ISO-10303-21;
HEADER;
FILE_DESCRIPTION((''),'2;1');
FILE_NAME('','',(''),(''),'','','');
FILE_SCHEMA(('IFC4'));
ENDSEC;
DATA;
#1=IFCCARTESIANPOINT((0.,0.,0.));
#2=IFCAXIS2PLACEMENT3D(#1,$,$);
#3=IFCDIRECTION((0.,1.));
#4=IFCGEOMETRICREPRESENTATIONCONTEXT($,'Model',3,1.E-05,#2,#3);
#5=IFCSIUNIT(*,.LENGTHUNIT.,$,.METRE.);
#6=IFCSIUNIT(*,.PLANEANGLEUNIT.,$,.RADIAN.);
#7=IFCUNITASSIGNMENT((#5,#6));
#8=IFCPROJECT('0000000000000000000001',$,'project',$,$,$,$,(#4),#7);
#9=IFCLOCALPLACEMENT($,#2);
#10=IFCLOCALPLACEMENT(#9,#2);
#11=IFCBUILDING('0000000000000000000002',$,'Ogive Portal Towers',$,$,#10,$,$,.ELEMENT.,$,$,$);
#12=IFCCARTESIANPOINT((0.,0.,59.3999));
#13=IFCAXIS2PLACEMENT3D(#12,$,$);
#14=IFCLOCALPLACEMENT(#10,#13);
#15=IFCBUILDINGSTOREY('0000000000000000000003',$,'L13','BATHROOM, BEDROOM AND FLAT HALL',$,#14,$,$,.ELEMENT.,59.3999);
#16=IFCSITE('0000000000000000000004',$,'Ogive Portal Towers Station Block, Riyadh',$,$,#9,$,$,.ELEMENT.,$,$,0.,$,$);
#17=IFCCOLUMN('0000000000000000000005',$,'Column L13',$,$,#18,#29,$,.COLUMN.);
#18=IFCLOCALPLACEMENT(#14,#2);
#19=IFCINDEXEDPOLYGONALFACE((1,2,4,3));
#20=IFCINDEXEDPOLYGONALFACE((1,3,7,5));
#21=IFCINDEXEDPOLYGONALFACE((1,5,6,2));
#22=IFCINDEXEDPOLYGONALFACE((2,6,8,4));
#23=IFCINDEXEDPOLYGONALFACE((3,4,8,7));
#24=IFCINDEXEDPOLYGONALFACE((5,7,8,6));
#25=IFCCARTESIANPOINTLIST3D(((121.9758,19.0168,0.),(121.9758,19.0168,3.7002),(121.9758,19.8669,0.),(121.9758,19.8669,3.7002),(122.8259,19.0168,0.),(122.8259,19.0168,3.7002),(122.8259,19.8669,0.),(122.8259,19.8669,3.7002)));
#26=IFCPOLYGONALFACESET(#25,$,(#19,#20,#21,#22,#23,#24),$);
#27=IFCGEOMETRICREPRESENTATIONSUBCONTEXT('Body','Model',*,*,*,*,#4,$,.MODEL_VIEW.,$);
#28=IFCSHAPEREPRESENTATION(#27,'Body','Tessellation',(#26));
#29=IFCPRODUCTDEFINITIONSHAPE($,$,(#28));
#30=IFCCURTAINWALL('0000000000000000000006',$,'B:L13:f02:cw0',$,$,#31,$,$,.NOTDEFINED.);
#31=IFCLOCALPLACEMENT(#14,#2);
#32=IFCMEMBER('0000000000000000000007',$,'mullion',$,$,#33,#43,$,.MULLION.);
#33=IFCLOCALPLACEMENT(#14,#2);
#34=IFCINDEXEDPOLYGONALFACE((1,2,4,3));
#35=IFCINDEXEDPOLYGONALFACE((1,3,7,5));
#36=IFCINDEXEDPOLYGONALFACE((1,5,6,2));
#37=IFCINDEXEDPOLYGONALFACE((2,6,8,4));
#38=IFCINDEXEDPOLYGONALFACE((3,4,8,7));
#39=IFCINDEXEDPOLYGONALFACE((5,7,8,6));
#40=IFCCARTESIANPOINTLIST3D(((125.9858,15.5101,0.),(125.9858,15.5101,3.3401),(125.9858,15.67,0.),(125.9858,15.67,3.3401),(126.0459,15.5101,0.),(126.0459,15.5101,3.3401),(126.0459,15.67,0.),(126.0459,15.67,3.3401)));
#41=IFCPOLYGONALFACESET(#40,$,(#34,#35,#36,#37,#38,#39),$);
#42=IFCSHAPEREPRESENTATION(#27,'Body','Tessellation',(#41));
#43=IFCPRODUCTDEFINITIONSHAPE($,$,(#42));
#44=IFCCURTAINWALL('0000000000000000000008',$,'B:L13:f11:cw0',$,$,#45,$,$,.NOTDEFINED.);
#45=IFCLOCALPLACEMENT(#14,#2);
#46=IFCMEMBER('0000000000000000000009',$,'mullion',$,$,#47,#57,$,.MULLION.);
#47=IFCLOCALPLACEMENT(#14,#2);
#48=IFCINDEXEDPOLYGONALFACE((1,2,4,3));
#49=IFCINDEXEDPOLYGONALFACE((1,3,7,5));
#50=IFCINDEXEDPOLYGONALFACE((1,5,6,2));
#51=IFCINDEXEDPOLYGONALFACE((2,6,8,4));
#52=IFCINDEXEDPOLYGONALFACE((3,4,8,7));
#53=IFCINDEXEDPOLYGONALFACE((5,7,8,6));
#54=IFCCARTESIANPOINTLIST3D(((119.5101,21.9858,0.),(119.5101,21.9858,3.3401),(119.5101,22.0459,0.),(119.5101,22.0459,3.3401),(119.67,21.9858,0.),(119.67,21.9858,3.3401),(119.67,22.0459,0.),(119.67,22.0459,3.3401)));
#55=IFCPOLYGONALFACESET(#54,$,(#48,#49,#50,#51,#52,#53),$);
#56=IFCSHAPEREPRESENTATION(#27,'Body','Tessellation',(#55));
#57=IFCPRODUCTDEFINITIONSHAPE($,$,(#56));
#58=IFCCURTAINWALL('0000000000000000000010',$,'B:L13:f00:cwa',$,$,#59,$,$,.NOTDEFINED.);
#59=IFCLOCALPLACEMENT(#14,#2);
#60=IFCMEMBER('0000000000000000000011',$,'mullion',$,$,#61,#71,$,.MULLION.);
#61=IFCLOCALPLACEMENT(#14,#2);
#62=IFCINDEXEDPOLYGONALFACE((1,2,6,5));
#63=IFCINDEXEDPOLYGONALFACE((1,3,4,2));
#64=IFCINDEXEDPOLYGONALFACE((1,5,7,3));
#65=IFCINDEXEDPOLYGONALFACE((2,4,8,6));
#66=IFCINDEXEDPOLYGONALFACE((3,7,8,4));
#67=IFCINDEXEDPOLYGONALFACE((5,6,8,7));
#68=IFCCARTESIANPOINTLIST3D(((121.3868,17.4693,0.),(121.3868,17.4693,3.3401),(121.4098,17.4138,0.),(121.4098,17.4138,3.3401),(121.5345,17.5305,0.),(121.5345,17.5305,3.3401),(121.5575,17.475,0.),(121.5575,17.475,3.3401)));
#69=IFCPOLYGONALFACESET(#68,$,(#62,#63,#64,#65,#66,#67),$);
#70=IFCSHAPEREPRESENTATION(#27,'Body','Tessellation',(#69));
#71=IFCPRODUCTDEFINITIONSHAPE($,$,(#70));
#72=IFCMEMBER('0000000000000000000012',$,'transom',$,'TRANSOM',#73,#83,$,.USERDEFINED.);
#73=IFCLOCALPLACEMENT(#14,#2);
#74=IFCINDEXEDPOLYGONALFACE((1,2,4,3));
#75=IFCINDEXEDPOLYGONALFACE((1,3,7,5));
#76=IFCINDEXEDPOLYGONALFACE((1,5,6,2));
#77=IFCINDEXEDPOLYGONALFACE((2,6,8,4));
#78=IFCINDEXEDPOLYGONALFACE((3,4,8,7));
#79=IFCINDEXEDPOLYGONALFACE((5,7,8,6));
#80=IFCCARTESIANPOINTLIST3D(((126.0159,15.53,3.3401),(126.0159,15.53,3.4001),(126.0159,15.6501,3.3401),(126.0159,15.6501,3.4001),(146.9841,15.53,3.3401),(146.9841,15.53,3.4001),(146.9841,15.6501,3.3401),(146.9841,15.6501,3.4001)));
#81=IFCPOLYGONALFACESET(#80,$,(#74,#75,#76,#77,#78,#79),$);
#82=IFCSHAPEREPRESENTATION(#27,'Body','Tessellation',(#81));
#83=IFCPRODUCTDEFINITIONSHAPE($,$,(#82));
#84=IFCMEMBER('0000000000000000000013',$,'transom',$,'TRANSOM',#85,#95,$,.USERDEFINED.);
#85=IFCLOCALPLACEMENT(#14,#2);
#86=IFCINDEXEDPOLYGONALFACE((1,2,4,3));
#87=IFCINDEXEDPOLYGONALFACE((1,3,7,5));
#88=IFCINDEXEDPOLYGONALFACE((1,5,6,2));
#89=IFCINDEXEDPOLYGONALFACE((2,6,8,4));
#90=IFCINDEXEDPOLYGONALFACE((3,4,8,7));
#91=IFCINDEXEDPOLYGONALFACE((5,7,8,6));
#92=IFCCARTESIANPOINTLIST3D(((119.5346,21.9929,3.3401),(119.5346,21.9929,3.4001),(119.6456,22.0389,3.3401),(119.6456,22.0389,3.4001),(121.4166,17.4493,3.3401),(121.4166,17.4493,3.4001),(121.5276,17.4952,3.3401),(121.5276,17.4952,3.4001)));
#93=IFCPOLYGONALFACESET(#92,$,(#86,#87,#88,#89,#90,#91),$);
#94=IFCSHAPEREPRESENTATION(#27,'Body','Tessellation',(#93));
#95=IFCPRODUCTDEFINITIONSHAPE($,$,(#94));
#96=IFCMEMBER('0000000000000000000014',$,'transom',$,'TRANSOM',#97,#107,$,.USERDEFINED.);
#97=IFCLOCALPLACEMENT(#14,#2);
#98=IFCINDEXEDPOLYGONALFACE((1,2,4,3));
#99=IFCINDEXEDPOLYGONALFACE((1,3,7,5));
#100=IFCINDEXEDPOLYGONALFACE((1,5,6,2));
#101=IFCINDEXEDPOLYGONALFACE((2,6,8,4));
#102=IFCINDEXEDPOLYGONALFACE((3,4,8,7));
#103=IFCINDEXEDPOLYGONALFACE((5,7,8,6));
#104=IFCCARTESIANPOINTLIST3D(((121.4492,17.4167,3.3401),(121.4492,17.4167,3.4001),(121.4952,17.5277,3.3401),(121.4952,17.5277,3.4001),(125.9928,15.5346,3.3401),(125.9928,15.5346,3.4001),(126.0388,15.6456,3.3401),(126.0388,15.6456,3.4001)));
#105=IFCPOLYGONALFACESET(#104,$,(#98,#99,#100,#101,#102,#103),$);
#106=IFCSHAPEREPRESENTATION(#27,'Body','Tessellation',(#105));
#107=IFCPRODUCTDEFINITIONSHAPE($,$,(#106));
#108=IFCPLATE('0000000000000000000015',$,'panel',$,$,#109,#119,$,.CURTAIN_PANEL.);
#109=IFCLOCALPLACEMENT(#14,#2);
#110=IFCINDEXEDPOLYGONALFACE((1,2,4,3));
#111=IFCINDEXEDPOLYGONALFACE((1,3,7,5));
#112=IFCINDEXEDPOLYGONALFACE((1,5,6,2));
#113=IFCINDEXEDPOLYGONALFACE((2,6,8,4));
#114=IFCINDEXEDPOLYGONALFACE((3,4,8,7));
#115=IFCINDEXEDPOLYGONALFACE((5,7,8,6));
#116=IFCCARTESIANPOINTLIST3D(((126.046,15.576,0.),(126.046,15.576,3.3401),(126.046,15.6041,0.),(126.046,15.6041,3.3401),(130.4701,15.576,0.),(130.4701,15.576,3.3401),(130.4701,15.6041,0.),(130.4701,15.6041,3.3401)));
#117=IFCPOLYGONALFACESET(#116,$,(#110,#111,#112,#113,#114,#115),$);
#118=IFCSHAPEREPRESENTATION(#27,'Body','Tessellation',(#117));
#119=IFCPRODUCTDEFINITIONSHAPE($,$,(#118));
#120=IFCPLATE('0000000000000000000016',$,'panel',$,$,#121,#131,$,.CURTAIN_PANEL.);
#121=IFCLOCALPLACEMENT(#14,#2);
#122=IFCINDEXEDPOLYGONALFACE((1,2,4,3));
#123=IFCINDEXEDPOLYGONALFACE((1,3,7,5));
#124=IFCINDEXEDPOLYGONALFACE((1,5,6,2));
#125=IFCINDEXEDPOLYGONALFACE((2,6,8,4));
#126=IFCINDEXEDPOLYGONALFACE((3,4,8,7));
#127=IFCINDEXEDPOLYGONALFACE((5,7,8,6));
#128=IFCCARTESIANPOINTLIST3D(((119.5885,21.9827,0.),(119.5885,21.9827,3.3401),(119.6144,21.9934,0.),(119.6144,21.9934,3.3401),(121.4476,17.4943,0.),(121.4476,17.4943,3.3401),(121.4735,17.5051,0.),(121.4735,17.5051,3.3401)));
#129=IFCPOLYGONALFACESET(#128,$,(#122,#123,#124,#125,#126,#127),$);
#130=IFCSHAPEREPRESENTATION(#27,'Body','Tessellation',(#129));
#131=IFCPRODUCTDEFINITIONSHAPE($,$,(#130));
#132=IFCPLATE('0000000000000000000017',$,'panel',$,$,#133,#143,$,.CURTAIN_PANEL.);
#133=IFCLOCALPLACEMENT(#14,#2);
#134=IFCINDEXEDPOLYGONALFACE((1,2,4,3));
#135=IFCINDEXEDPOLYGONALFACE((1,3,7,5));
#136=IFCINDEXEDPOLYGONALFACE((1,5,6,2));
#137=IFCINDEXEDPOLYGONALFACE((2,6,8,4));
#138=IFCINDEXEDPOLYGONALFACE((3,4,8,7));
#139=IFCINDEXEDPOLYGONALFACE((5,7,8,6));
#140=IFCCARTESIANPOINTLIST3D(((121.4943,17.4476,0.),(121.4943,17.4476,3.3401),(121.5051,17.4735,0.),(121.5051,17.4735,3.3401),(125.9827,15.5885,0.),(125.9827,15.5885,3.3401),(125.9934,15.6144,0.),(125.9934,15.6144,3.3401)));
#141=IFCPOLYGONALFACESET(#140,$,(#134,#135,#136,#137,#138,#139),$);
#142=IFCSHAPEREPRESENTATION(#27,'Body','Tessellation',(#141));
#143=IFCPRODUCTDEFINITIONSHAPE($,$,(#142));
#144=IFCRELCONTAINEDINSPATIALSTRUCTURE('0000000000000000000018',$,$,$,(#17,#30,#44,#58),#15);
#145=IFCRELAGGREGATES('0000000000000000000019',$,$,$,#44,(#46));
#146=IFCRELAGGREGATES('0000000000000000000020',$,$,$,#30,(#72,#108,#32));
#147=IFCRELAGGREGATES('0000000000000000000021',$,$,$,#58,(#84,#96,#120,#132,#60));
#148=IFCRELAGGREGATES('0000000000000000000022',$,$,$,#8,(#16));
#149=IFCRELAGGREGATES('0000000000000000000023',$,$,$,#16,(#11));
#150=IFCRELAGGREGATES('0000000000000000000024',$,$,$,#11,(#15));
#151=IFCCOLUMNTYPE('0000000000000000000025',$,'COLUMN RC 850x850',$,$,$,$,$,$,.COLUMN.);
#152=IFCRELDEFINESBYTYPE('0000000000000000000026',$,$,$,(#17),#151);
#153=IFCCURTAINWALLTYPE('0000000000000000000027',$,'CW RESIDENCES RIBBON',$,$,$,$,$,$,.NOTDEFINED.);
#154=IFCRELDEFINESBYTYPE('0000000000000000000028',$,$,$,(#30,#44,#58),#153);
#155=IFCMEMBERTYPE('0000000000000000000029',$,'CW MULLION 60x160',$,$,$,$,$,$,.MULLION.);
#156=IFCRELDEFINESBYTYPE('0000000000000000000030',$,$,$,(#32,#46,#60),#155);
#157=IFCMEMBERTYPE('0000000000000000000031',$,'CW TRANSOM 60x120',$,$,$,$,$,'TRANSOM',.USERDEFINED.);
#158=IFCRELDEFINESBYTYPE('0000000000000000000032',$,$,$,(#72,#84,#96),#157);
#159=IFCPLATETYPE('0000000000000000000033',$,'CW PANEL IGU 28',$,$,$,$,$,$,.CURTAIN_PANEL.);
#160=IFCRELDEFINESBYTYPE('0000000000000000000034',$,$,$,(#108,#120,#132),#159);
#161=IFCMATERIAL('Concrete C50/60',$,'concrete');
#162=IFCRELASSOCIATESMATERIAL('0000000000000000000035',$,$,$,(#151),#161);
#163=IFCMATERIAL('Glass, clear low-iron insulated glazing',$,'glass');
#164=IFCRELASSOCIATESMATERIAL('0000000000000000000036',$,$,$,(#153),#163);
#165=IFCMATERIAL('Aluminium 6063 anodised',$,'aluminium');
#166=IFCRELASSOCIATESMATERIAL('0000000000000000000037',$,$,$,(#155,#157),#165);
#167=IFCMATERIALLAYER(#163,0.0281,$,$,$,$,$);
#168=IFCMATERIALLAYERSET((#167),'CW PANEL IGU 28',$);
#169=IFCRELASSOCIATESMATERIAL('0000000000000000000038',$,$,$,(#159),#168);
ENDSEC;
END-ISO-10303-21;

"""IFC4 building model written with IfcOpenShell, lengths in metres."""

from ifc_helpers import new_model, si_unit, direction, frame, origin, origin_2d, place, context, subcontext, project, spatial, rectangle, extrude, material, layer, layer_set, material_profile, profile_set, type_object, element, aggregate, save


model = new_model("IFC4")

# Units and contexts
model_context = context("Model", 3, precision=1e-05, world=origin(), true_north=direction((0.0, 1.0)))
body_context = subcontext(model_context, "Body", "Model", "MODEL_VIEW")
ifc_project = project(units=[si_unit("LENGTHUNIT", "METRE"), si_unit("PLANEANGLEUNIT", "RADIAN")], contexts=[model_context])

# Site, building, storey
site_placement = place(None, origin())
site = spatial("IfcSite", under=ifc_project, at=site_placement, Name="Ogive Portal Towers Station Block, Riyadh", CompositionType="ELEMENT", RefElevation=0.0)
building_placement = place(site_placement, origin())
building = spatial("IfcBuilding", under=site, at=building_placement, Name="Ogive Portal Towers", CompositionType="ELEMENT")
storey_placement = place(building_placement, frame((0.0, 0.0, 59.3999)))
storey = spatial("IfcBuildingStorey", under=building, at=storey_placement, Name="L13", Description="BATHROOM, BEDROOM AND FLAT HALL", CompositionType="ELEMENT", Elevation=59.3999)

# Column
ifc_material_1 = material(Name="Concrete C50/60", Category="concrete")
ifc_material_profile_1 = material_profile(ifc_material_1, rectangle(XDim=0.8501, YDim=0.8501, at=origin_2d()), Name="RC 850x850")
ifc_profile_set_1 = profile_set([ifc_material_profile_1], Name="Concrete C50/60")
column_type = type_object("IfcColumnType", Name="COLUMN RC 850x850", PredefinedType="COLUMN", material=ifc_profile_set_1)
column_placement = place(storey_placement, frame((122.4009, 19.4419, 0.0), z_axis=(0.0, 0.0, 1.0), x_axis=(1.0, 0.0, 0.0)))
element("IfcColumn", 1, at=column_placement, inside=storey, type_object=column_type, Name="Column L13", PredefinedType="COLUMN", context=body_context, shape_type="SweptSolid", body=[
    extrude(rectangle(XDim=0.8501, YDim=0.8501, at=origin_2d()), origin(), (0.0, 0.0, 1.0), 3.7002),
])

# Curtain walls, members
ifc_material_2 = material(Name="Glass, clear low-iron insulated glazing", Category="glass")
curtain_wall_type = type_object("IfcCurtainWallType", Name="CW RESIDENCES RIBBON", PredefinedType="NOTDEFINED", material=ifc_material_2)
curtain_wall_1_placement = place(storey_placement, origin())
curtain_wall_1 = element("IfcCurtainWall", 2, at=curtain_wall_1_placement, inside=storey, type_object=curtain_wall_type, Name="B:L13:f02:cw0", PredefinedType="NOTDEFINED")
ifc_material_3 = material(Name="Aluminium 6063 anodised", Category="aluminium")
ifc_material_profile_2 = material_profile(ifc_material_3, rectangle(XDim=0.1599, YDim=0.0601, at=origin_2d()), Name="AL 60x160")
ifc_profile_set_2 = profile_set([ifc_material_profile_2], Name="Aluminium 6063 anodised")
member_type_1 = type_object("IfcMemberType", Name="CW MULLION 60x160", PredefinedType="MULLION", material=ifc_profile_set_2)
member_1_placement = place(storey_placement, frame((126.0159, 15.5901, 0.0), z_axis=(0.0, 0.0, 1.0), x_axis=(0.0, 1.0, 0.0)))
member_1 = element("IfcMember", 3, at=member_1_placement, type_object=member_type_1, Name="mullion", PredefinedType="MULLION", context=body_context, shape_type="SweptSolid", body=[
    extrude(rectangle(XDim=0.1599, YDim=0.0601, at=origin_2d()), origin(), (0.0, 0.0, 1.0), 3.3401),
])
curtain_wall_2_placement = place(storey_placement, origin())
curtain_wall_2 = element("IfcCurtainWall", 4, at=curtain_wall_2_placement, inside=storey, type_object=curtain_wall_type, Name="B:L13:f11:cw0", PredefinedType="NOTDEFINED")
member_2_placement = place(storey_placement, frame((119.5901, 22.0159, 0.0), z_axis=(0.0, 0.0, 1.0), x_axis=(1.0, 0.0, 0.0)))
member_2 = element("IfcMember", 5, at=member_2_placement, type_object=member_type_1, Name="mullion", PredefinedType="MULLION", context=body_context, shape_type="SweptSolid", body=[
    extrude(rectangle(XDim=0.1599, YDim=0.0601, at=origin_2d()), origin(), (0.0, 0.0, 1.0), 3.3401),
])
aggregate(curtain_wall_2, [member_2])
curtain_wall_3_placement = place(storey_placement, origin())
curtain_wall_3 = element("IfcCurtainWall", 6, at=curtain_wall_3_placement, inside=storey, type_object=curtain_wall_type, Name="B:L13:f00:cwa", PredefinedType="NOTDEFINED")
member_3_placement = place(storey_placement, frame((121.4722, 17.4722, 0.0), z_axis=(0.0, 0.0, 1.0), x_axis=(0.92388, 0.382683, 0.0)))
member_3 = element("IfcMember", 7, at=member_3_placement, type_object=member_type_1, Name="mullion", PredefinedType="MULLION", context=body_context, shape_type="SweptSolid", body=[
    extrude(rectangle(XDim=0.1599, YDim=0.0601, at=origin_2d()), origin(), (0.0, 0.0, 1.0), 3.3401),
])

# Members
ifc_material_profile_3 = material_profile(ifc_material_3, rectangle(XDim=0.1201, YDim=0.0601, at=origin_2d()), Name="AL 120x60")
ifc_profile_set_3 = profile_set([ifc_material_profile_3], Name="Aluminium 6063 anodised")
member_type_2 = type_object("IfcMemberType", Name="CW TRANSOM 60x120", ElementType="TRANSOM", PredefinedType="USERDEFINED", material=ifc_profile_set_3)
member_4_placement = place(storey_placement, frame((126.0159, 15.5901, 3.3701), z_axis=(1.0, 0.0, 0.0), x_axis=(0.0, 1.0, 0.0)))
member_4 = element("IfcMember", 8, at=member_4_placement, type_object=member_type_2, Name="transom", ObjectType="TRANSOM", PredefinedType="USERDEFINED", context=body_context, shape_type="SweptSolid", body=[
    extrude(rectangle(XDim=0.1201, YDim=0.0601, at=origin_2d()), origin(), (0.0, 0.0, 1.0), 20.9683),
])
member_5_placement = place(storey_placement, frame((119.5901, 22.0159, 3.3701), z_axis=(0.382686, -0.923878, 0.0), x_axis=(0.923878, 0.382686, 0.0)))
member_5 = element("IfcMember", 9, at=member_5_placement, type_object=member_type_2, Name="transom", ObjectType="TRANSOM", PredefinedType="USERDEFINED", context=body_context, shape_type="SweptSolid", body=[
    extrude(rectangle(XDim=0.1201, YDim=0.0601, at=origin_2d()), origin(), (0.0, 0.0, 1.0), 4.918),
])
member_6_placement = place(storey_placement, frame((121.4722, 17.4722, 3.3701), z_axis=(0.923878, -0.382686, 0.0), x_axis=(0.382686, 0.923878, 0.0)))
member_6 = element("IfcMember", 10, at=member_6_placement, type_object=member_type_2, Name="transom", ObjectType="TRANSOM", PredefinedType="USERDEFINED", context=body_context, shape_type="SweptSolid", body=[
    extrude(rectangle(XDim=0.1201, YDim=0.0601, at=origin_2d()), origin(), (0.0, 0.0, 1.0), 4.918),
])

# Plates
ifc_layer_1 = layer(ifc_material_2, 0.0281)
ifc_layer_set_1 = layer_set([ifc_layer_1], Name="CW PANEL IGU 28")
plate_type = type_object("IfcPlateType", Name="CW PANEL IGU 28", PredefinedType="CURTAIN_PANEL", material=ifc_layer_set_1)
plate_1_placement = place(storey_placement, frame((128.2581, 15.5901, 0.0), z_axis=(0.0, 0.0, 1.0), x_axis=(1.0, 0.0, 0.0)))
plate_1 = element("IfcPlate", 11, at=plate_1_placement, type_object=plate_type, Name="panel", PredefinedType="CURTAIN_PANEL", context=body_context, shape_type="SweptSolid", body=[
    extrude(rectangle(XDim=4.4241, YDim=0.0281, at=origin_2d()), origin(), (0.0, 0.0, 1.0), 3.3401),
])
aggregate(curtain_wall_1, [member_4, plate_1, member_1])
plate_2_placement = place(storey_placement, frame((120.531, 19.7439, 0.0), z_axis=(0.0, 0.0, 1.0), x_axis=(0.382683, -0.92388, 0.0)))
plate_2 = element("IfcPlate", 12, at=plate_2_placement, type_object=plate_type, Name="panel", PredefinedType="CURTAIN_PANEL", context=body_context, shape_type="SweptSolid", body=[
    extrude(rectangle(XDim=4.8582, YDim=0.0281, at=origin_2d()), origin(), (0.0, 0.0, 1.0), 3.3401),
])
plate_3_placement = place(storey_placement, frame((123.7439, 16.531, 0.0), z_axis=(0.0, 0.0, 1.0), x_axis=(0.92388, -0.382683, 0.0)))
plate_3 = element("IfcPlate", 13, at=plate_3_placement, type_object=plate_type, Name="panel", PredefinedType="CURTAIN_PANEL", context=body_context, shape_type="SweptSolid", body=[
    extrude(rectangle(XDim=4.8582, YDim=0.0281, at=origin_2d()), origin(), (0.0, 0.0, 1.0), 3.3401),
])
aggregate(curtain_wall_3, [member_5, member_6, plate_2, plate_3, member_3])

save(model, "model.ifc")
